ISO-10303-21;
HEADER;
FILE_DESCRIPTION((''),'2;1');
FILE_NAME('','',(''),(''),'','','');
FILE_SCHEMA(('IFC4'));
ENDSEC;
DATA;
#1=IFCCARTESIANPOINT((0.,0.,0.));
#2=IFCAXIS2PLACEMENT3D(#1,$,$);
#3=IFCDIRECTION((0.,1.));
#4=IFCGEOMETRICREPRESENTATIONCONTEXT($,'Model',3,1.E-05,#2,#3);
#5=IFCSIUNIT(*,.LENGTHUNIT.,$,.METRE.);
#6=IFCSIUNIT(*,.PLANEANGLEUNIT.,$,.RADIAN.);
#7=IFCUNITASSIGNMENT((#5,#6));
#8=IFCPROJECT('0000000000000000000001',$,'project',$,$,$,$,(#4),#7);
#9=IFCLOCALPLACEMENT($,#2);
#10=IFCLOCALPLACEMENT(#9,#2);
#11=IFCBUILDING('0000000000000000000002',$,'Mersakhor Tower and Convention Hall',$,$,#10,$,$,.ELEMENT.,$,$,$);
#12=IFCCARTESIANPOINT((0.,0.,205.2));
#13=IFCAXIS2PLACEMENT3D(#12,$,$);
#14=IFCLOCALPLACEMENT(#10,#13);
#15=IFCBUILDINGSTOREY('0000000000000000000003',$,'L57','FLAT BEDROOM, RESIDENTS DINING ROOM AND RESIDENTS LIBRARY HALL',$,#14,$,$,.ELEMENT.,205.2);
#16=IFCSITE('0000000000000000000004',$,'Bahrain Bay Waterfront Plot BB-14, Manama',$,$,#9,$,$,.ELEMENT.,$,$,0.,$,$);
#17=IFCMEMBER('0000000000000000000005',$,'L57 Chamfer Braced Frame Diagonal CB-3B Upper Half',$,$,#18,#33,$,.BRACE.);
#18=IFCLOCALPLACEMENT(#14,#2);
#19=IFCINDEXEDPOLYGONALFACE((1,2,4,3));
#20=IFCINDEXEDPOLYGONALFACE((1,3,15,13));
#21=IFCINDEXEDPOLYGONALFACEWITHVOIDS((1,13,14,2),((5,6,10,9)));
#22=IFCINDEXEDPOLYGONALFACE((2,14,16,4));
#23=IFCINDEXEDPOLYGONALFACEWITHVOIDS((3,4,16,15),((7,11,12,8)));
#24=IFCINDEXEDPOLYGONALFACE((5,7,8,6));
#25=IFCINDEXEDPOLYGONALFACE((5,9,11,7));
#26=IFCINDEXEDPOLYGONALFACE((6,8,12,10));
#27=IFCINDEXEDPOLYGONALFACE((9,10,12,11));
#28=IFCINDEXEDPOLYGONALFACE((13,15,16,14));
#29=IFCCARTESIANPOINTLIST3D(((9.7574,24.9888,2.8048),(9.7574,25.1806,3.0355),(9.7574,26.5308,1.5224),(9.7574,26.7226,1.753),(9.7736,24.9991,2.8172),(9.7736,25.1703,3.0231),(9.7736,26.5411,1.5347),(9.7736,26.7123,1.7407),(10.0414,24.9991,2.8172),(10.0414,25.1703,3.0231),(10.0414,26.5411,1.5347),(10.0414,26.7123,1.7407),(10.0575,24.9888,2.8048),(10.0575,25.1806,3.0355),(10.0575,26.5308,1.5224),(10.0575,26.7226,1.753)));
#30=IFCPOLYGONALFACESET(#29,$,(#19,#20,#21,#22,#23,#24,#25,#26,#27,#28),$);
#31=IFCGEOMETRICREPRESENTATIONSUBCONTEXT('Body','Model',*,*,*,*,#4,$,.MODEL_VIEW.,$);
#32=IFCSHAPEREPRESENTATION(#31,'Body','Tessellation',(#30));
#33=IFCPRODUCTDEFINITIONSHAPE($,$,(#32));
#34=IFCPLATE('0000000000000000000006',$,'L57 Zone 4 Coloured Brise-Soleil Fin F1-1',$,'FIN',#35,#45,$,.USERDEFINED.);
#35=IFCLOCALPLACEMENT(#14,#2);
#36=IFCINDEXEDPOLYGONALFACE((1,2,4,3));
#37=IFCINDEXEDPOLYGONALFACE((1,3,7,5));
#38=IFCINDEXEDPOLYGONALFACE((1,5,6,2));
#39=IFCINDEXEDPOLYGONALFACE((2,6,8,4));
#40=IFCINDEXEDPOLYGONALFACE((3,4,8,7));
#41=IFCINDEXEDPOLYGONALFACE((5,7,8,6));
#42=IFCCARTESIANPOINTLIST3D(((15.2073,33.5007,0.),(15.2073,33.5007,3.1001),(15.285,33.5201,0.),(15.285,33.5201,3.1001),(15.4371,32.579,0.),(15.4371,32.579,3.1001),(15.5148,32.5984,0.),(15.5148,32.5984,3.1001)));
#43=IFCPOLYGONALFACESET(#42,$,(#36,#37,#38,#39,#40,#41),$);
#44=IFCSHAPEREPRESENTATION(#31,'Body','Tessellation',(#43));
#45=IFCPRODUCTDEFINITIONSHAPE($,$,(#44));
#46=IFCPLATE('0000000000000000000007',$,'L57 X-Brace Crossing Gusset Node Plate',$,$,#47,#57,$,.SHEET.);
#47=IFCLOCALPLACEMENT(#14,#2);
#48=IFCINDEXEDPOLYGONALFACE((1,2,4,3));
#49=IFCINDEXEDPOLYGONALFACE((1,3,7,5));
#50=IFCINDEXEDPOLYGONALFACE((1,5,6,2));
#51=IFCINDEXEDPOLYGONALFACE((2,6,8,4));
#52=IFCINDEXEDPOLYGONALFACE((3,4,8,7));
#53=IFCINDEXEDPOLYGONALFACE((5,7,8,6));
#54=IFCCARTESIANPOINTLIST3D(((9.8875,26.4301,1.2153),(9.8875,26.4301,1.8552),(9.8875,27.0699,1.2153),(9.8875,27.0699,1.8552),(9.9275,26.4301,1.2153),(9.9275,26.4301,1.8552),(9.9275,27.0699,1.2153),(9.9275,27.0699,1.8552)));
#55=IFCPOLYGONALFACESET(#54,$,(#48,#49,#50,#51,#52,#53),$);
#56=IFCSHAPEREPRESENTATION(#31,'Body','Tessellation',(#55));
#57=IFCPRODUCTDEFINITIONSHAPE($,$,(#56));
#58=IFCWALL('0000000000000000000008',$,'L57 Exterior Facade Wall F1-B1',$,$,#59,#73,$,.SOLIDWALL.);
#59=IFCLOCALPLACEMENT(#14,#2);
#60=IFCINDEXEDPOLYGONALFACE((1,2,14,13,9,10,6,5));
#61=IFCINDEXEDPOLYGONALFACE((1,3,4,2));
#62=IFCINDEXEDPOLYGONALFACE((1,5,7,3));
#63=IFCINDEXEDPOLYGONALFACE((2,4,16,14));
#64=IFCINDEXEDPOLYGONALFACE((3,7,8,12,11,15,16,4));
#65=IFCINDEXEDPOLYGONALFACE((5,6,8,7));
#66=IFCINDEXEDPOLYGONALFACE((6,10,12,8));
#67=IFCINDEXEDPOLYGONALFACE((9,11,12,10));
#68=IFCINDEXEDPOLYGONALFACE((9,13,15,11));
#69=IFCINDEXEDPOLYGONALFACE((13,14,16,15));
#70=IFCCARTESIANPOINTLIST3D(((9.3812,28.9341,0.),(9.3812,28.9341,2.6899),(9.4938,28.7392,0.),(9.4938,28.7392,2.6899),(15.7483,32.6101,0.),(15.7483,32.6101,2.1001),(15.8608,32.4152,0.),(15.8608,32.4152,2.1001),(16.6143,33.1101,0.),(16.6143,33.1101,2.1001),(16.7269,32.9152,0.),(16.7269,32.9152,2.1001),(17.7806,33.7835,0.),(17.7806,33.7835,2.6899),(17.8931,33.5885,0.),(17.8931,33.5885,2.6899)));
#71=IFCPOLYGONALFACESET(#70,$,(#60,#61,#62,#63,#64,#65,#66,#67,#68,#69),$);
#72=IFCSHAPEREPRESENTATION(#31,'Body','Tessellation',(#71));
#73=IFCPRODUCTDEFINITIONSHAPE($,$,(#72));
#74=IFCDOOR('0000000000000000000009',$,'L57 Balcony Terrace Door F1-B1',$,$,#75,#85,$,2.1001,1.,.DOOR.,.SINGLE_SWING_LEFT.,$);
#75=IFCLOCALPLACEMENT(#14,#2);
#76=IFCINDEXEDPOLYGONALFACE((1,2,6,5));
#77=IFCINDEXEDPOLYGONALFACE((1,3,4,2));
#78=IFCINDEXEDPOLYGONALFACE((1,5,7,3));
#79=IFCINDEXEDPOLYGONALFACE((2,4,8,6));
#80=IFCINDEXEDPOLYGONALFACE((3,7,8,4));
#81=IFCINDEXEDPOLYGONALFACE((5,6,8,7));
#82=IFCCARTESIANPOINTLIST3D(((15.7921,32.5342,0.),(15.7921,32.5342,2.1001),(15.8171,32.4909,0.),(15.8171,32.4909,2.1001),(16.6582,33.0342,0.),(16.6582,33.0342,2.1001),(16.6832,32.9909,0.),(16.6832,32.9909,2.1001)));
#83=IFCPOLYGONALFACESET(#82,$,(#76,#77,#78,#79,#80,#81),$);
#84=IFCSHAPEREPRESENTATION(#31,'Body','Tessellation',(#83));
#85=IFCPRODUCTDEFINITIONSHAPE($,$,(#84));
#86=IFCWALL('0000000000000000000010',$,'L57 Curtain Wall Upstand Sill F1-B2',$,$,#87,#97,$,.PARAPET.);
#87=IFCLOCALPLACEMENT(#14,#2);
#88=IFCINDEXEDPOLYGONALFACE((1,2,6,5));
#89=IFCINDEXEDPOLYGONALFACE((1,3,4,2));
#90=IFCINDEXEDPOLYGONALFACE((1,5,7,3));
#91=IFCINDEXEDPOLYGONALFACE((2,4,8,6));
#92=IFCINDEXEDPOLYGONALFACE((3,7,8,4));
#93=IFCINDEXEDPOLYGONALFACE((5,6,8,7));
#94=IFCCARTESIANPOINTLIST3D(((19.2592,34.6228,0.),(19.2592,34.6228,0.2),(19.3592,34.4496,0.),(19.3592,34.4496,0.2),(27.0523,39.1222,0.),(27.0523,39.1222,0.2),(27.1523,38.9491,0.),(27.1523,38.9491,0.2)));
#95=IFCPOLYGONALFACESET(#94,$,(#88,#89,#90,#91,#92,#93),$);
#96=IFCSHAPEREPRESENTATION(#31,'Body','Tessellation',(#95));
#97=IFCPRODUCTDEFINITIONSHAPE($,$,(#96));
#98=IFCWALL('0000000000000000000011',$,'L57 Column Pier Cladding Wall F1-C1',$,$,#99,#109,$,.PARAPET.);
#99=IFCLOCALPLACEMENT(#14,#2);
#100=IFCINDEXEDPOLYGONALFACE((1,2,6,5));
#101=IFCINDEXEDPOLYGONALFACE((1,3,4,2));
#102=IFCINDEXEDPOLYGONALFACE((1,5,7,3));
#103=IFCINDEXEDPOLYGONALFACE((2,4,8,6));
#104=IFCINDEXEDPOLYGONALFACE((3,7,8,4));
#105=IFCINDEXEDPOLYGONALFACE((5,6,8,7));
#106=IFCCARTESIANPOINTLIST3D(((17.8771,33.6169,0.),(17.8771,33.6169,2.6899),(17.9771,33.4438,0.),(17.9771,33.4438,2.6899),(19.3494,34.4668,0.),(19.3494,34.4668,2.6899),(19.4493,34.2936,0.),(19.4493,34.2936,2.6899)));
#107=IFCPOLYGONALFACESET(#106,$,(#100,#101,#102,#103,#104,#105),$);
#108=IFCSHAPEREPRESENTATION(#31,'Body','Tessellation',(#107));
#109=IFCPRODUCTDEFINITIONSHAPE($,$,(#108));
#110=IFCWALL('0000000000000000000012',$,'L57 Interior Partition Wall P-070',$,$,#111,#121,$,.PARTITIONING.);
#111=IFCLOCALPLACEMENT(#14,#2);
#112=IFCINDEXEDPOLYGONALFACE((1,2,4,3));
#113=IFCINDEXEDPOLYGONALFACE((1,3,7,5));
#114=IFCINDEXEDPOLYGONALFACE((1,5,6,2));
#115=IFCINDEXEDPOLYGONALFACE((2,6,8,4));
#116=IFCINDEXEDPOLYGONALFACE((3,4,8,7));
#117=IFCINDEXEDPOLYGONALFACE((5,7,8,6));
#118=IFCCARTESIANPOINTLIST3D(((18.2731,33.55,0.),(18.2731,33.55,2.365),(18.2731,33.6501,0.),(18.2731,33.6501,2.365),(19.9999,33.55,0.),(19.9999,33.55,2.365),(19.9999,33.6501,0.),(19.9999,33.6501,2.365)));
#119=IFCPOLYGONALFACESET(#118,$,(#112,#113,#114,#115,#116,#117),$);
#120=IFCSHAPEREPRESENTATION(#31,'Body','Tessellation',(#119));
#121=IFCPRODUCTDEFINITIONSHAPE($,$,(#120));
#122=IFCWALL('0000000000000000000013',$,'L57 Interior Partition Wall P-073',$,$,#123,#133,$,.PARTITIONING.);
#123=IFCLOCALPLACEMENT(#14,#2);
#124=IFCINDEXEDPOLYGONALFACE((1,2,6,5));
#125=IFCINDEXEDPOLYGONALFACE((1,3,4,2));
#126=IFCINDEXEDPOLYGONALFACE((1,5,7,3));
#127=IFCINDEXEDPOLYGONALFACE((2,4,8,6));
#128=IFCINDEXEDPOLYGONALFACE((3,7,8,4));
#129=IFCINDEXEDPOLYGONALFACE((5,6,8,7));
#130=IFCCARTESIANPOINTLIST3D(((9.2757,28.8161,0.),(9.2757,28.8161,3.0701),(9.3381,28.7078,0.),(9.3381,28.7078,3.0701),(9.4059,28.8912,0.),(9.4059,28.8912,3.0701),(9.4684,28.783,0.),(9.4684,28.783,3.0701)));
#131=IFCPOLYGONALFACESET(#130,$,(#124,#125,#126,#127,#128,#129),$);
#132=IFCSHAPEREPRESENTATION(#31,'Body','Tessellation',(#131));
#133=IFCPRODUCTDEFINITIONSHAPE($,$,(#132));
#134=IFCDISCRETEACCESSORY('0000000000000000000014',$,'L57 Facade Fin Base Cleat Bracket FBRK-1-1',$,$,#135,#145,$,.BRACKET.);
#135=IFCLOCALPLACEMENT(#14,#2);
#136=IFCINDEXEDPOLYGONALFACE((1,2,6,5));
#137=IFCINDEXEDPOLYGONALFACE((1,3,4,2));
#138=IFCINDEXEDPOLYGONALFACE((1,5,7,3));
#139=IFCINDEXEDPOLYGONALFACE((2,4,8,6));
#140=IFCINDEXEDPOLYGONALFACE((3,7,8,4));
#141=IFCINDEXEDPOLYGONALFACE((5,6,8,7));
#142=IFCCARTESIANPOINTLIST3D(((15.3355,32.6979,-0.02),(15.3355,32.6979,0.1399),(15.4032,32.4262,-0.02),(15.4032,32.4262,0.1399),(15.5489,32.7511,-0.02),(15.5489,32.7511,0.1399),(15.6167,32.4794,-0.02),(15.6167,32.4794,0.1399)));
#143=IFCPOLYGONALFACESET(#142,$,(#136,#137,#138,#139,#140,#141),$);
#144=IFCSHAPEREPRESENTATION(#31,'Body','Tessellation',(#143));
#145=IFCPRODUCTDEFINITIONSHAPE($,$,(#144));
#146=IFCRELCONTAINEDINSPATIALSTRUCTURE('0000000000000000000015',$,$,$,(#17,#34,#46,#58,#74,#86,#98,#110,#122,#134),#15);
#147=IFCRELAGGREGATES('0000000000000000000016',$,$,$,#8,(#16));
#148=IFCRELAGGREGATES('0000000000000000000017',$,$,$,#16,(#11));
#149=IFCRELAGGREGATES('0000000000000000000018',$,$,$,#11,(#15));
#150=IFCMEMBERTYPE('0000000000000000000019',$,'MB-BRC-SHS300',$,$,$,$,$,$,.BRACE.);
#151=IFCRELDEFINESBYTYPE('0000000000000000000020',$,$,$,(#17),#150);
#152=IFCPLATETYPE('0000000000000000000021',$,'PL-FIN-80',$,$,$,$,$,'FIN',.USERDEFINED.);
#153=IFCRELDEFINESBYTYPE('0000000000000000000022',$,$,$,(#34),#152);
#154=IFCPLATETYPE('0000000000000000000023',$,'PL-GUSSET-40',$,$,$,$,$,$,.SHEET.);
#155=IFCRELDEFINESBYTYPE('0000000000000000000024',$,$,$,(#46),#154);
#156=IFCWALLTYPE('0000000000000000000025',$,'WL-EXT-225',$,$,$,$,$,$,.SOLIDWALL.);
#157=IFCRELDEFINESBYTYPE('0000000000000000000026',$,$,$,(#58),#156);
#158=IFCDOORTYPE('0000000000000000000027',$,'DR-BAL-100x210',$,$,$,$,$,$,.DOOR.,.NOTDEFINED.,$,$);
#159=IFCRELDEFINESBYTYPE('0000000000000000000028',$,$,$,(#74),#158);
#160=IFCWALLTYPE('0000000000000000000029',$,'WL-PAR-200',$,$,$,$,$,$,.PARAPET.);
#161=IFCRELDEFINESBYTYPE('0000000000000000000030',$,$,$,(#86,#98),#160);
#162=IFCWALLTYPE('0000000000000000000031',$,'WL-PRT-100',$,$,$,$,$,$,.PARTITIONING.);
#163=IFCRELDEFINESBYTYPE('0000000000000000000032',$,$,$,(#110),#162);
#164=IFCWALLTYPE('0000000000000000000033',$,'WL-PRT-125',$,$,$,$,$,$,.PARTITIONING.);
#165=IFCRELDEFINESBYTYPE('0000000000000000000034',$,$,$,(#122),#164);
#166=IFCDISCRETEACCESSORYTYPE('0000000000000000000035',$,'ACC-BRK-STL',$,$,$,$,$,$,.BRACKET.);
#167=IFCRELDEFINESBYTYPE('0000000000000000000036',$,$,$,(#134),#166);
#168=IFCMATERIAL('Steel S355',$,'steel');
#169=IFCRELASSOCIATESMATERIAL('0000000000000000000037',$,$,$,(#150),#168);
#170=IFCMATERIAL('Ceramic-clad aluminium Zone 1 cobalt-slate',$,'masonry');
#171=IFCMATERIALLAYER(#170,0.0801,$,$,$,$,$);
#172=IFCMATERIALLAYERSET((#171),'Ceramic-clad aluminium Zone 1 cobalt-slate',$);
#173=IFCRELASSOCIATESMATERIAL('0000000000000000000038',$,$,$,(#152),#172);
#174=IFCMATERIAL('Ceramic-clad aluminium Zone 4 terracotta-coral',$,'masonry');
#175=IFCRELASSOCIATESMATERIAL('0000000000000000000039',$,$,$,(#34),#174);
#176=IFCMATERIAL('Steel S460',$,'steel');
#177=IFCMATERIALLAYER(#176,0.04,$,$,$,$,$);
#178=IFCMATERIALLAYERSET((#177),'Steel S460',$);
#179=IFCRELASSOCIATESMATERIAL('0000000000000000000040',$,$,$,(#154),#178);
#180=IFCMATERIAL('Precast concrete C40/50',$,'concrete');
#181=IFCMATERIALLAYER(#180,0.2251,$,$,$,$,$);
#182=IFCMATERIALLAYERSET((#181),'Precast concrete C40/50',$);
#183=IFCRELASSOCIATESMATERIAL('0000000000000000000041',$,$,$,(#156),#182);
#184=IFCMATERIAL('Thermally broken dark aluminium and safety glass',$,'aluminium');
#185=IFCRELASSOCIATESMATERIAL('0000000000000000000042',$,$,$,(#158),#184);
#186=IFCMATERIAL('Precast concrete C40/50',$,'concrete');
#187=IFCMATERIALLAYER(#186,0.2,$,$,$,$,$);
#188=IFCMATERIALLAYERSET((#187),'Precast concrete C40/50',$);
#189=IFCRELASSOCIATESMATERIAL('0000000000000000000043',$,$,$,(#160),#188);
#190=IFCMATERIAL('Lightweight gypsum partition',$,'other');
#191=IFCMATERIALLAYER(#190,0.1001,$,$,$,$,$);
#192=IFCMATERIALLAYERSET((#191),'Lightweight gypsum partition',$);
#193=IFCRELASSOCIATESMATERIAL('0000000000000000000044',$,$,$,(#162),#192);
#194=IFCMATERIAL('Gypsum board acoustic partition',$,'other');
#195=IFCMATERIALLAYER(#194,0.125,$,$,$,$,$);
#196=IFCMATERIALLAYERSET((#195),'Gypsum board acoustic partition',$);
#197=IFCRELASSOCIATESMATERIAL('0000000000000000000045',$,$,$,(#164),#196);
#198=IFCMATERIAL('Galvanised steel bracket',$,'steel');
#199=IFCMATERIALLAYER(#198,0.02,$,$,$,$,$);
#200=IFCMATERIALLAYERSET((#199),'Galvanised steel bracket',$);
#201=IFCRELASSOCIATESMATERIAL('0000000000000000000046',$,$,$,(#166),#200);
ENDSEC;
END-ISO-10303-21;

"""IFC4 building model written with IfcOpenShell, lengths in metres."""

from ifc_helpers import new_model, si_unit, direction, frame, frame_2d, origin, origin_2d, place, context, subcontext, project, spatial, rectangle, hollow_rectangle, extrude, material, layer, layer_set, material_profile, profile_set, type_object, element, fill, save


model = new_model("IFC4")

# Units and contexts
model_context = context("Model", 3, precision=1e-05, world=origin(), true_north=direction((0.0, 1.0)))
body_context = subcontext(model_context, "Body", "Model", "MODEL_VIEW")
ifc_project = project(units=[si_unit("LENGTHUNIT", "METRE"), si_unit("PLANEANGLEUNIT", "RADIAN")], contexts=[model_context])

# Site, building, storey
site_placement = place(None, origin())
site = spatial("IfcSite", under=ifc_project, at=site_placement, Name="Bahrain Bay Waterfront Plot BB-14, Manama", CompositionType="ELEMENT", RefElevation=0.0)
building_placement = place(site_placement, origin())
building = spatial("IfcBuilding", under=site, at=building_placement, Name="Mersakhor Tower and Convention Hall", CompositionType="ELEMENT")
storey_placement = place(building_placement, frame((0.0, 0.0, 205.2)))
storey = spatial("IfcBuildingStorey", under=building, at=storey_placement, Name="L57", Description="FLAT BEDROOM, RESIDENTS DINING ROOM AND RESIDENTS LIBRARY HALL", CompositionType="ELEMENT", Elevation=205.2)

# Member
ifc_material_1 = material(Name="Steel S355", Category="steel")
ifc_material_profile_1 = material_profile(ifc_material_1, hollow_rectangle(XDim=0.3, YDim=0.3, WallThickness=0.0161, at=origin_2d()), Name="SHS 300x300x16")
ifc_profile_set_1 = profile_set([ifc_material_profile_1], Name="Steel S355")
member_type_1 = type_object("IfcMemberType", Name="MB-BRC-SHS300", PredefinedType="BRACE", material=ifc_profile_set_1)
member_1_placement = place(storey_placement, frame((9.9075, 26.6267, 1.6377), z_axis=(0.0, -0.76884, 0.639442), x_axis=(1.0, 0.0, 0.0)))
element("IfcMember", 1, at=member_1_placement, inside=storey, type_object=member_type_1, Name="L57 Chamfer Braced Frame Diagonal CB-3B Upper Half", PredefinedType="BRACE", context=body_context, shape_type="SweptSolid", body=[
    extrude(hollow_rectangle(XDim=0.3, YDim=0.3, WallThickness=0.0161, at=origin_2d()), origin(), (0.0, 0.0, 1.0), 2.0056),
])

# Plates
ifc_material_2 = material(Name="Ceramic-clad aluminium Zone 4 terracotta-coral", Category="masonry")
ifc_material_3 = material(Name="Ceramic-clad aluminium Zone 1 cobalt-slate", Category="masonry")
ifc_layer_1 = layer(ifc_material_3, 0.0801)
ifc_layer_set_1 = layer_set([ifc_layer_1], Name="Ceramic-clad aluminium Zone 1 cobalt-slate")
plate_type_1 = type_object("IfcPlateType", Name="PL-FIN-80", ElementType="FIN", PredefinedType="USERDEFINED", material=ifc_layer_set_1)
plate_1_placement = place(storey_placement, frame((15.3611, 33.0496, 0.0), z_axis=(0.0, 0.0, 1.0), x_axis=(-0.241922, 0.970296, 0.0)))
element("IfcPlate", 2, at=plate_1_placement, inside=storey, type_object=plate_type_1, material=ifc_material_2, Name="L57 Zone 4 Coloured Brise-Soleil Fin F1-1", ObjectType="FIN", PredefinedType="USERDEFINED", context=body_context, shape_type="SweptSolid", body=[
    extrude(rectangle(XDim=0.95, YDim=0.0801, at=origin_2d()), origin(), (0.0, 0.0, 1.0), 3.1001),
])
ifc_material_4 = material(Name="Steel S460", Category="steel")
ifc_layer_2 = layer(ifc_material_4, 0.04)
ifc_layer_set_2 = layer_set([ifc_layer_2], Name="Steel S460")
plate_type_2 = type_object("IfcPlateType", Name="PL-GUSSET-40", PredefinedType="SHEET", material=ifc_layer_set_2)
plate_2_placement = place(storey_placement, frame((9.9075, 26.75, 1.2153), z_axis=(0.0, 0.0, 1.0), x_axis=(0.0, -1.0, 0.0)))
element("IfcPlate", 3, at=plate_2_placement, inside=storey, type_object=plate_type_2, Name="L57 X-Brace Crossing Gusset Node Plate", PredefinedType="SHEET", context=body_context, shape_type="SweptSolid", body=[
    extrude(rectangle(XDim=0.6399, YDim=0.04, at=origin_2d()), origin(), (0.0, 0.0, 1.0), 0.6399),
])

# Wall, opening, door
ifc_material_5 = material(Name="Precast concrete C40/50", Category="concrete")
ifc_layer_3 = layer(ifc_material_5, 0.2251)
ifc_layer_set_3 = layer_set([ifc_layer_3], Name="Precast concrete C40/50")
wall_type_1 = type_object("IfcWallType", Name="WL-EXT-225", PredefinedType="SOLIDWALL", material=ifc_layer_set_3)
wall_1_placement = place(storey_placement, frame((9.4375, 28.8367, 0.0), z_axis=(0.0, 0.0, 1.0), x_axis=(0.866027, 0.499997, 0.0)))
wall_1 = element("IfcWall", 4, at=wall_1_placement, inside=storey, type_object=wall_type_1, Name="L57 Exterior Facade Wall F1-B1", PredefinedType="SOLIDWALL", context=body_context, shape_type="SweptSolid", body=[
    extrude(rectangle(XDim=9.6987, YDim=0.2251, at=frame_2d((4.8494, 0.0))), origin(), (0.0, 0.0, 1.0), 2.6899),
])
opening_placement = place(wall_1_placement, frame((7.3521, 0.0, 0.0)))
opening = element("IfcOpeningElement", 5, at=opening_placement, cuts=wall_1, PredefinedType="OPENING", context=body_context, shape_type="SweptSolid", body=[
    extrude(rectangle(XDim=1.0, YDim=2.1001, at=frame_2d((0.5, 1.05))), frame((0.0, 0.1226, 0.0), z_axis=(0.0, -1.0, 0.0), x_axis=(1.0, 0.0, 0.0)), (0.0, 0.0, 1.0), 0.2451),
])
ifc_material_6 = material(Name="Thermally broken dark aluminium and safety glass", Category="aluminium")
door_type = type_object("IfcDoorType", Name="DR-BAL-100x210", OperationType="NOTDEFINED", PredefinedType="DOOR", material=ifc_material_6)
door_placement = place(opening_placement, origin())
door = element("IfcDoor", 6, at=door_placement, inside=storey, type_object=door_type, Name="L57 Balcony Terrace Door F1-B1", OperationType="SINGLE_SWING_LEFT", OverallHeight=2.1001, OverallWidth=1.0, PredefinedType="DOOR", context=body_context, shape_type="SweptSolid", body=[
    extrude(rectangle(XDim=1.0, YDim=2.1001, at=frame_2d((0.5, 1.05))), frame((0.0, 0.0249, 0.0), z_axis=(0.0, -1.0, 0.0), x_axis=(1.0, 0.0, 0.0)), (0.0, 0.0, 1.0), 0.05),
])
fill(opening, door)

# Walls
ifc_material_7 = material(Name="Precast concrete C40/50", Category="concrete")
ifc_layer_4 = layer(ifc_material_7, 0.2)
ifc_layer_set_4 = layer_set([ifc_layer_4], Name="Precast concrete C40/50")
wall_type_2 = type_object("IfcWallType", Name="WL-PAR-200", PredefinedType="PARAPET", material=ifc_layer_set_4)
wall_2_placement = place(storey_placement, frame((19.3091, 34.5361, 0.0), z_axis=(0.0, 0.0, 1.0), x_axis=(0.866021, 0.500008, 0.0)))
element("IfcWall", 7, at=wall_2_placement, inside=storey, type_object=wall_type_2, Name="L57 Curtain Wall Upstand Sill F1-B2", PredefinedType="PARAPET", context=body_context, shape_type="SweptSolid", body=[
    extrude(rectangle(XDim=8.9988, YDim=0.2, at=frame_2d((4.4995, 0.0))), origin(), (0.0, 0.0, 1.0), 0.2),
])
wall_3_placement = place(storey_placement, frame((17.927, 33.5303, 0.0), z_axis=(0.0, 0.0, 1.0), x_axis=(0.866052, 0.499955, 0.0)))
element("IfcWall", 8, at=wall_3_placement, inside=storey, type_object=wall_type_2, Name="L57 Column Pier Cladding Wall F1-C1", PredefinedType="PARAPET", context=body_context, shape_type="SweptSolid", body=[
    extrude(rectangle(XDim=1.7, YDim=0.2, at=frame_2d((0.8501, 0.0))), origin(), (0.0, 0.0, 1.0), 2.6899),
])
ifc_material_8 = material(Name="Lightweight gypsum partition", Category="other")
ifc_layer_5 = layer(ifc_material_8, 0.1001)
ifc_layer_set_5 = layer_set([ifc_layer_5], Name="Lightweight gypsum partition")
wall_type_3 = type_object("IfcWallType", Name="WL-PRT-100", PredefinedType="PARTITIONING", material=ifc_layer_set_5)
wall_4_placement = place(storey_placement, frame((18.2732, 33.6001, 0.0), z_axis=(0.0, 0.0, 1.0), x_axis=(1.0, 0.0, 0.0)))
element("IfcWall", 9, at=wall_4_placement, inside=storey, type_object=wall_type_3, Name="L57 Interior Partition Wall P-070", PredefinedType="PARTITIONING", context=body_context, shape_type="SweptSolid", body=[
    extrude(rectangle(XDim=1.7268, YDim=0.1001, at=frame_2d((0.8633, 0.0))), origin(), (0.0, 0.0, 1.0), 2.365),
])
ifc_material_9 = material(Name="Gypsum board acoustic partition", Category="other")
ifc_layer_6 = layer(ifc_material_9, 0.125)
ifc_layer_set_6 = layer_set([ifc_layer_6], Name="Gypsum board acoustic partition")
wall_type_4 = type_object("IfcWallType", Name="WL-PRT-125", PredefinedType="PARTITIONING", material=ifc_layer_set_6)
wall_5_placement = place(storey_placement, frame((9.3069, 28.762, 0.0), z_axis=(0.0, 0.0, 1.0), x_axis=(0.86624, 0.499629, 0.0)))
element("IfcWall", 10, at=wall_5_placement, inside=storey, type_object=wall_type_4, Name="L57 Interior Partition Wall P-073", PredefinedType="PARTITIONING", context=body_context, shape_type="SweptSolid", body=[
    extrude(rectangle(XDim=0.1504, YDim=0.125, at=frame_2d((0.0752, 0.0))), origin(), (0.0, 0.0, 1.0), 3.0701),
])

# Discrete accessory
ifc_material_10 = material(Name="Galvanised steel bracket", Category="steel")
ifc_layer_7 = layer(ifc_material_10, 0.02)
ifc_layer_set_7 = layer_set([ifc_layer_7], Name="Galvanised steel bracket")
discrete_accessory_type = type_object("IfcDiscreteAccessoryType", Name="ACC-BRK-STL", PredefinedType="BRACKET", material=ifc_layer_set_7)
discrete_accessory_placement = place(storey_placement, frame((15.4761, 32.5886, -0.02), z_axis=(0.0, 0.0, 1.0), x_axis=(-0.241922, 0.970296, 0.0)))
element("IfcDiscreteAccessory", 11, at=discrete_accessory_placement, inside=storey, type_object=discrete_accessory_type, Name="L57 Facade Fin Base Cleat Bracket FBRK-1-1", PredefinedType="BRACKET", context=body_context, shape_type="SweptSolid", body=[
    extrude(rectangle(XDim=0.28, YDim=0.22, at=origin_2d()), origin(), (0.0, 0.0, 1.0), 0.1599),
])

save(model, "model.ifc")
